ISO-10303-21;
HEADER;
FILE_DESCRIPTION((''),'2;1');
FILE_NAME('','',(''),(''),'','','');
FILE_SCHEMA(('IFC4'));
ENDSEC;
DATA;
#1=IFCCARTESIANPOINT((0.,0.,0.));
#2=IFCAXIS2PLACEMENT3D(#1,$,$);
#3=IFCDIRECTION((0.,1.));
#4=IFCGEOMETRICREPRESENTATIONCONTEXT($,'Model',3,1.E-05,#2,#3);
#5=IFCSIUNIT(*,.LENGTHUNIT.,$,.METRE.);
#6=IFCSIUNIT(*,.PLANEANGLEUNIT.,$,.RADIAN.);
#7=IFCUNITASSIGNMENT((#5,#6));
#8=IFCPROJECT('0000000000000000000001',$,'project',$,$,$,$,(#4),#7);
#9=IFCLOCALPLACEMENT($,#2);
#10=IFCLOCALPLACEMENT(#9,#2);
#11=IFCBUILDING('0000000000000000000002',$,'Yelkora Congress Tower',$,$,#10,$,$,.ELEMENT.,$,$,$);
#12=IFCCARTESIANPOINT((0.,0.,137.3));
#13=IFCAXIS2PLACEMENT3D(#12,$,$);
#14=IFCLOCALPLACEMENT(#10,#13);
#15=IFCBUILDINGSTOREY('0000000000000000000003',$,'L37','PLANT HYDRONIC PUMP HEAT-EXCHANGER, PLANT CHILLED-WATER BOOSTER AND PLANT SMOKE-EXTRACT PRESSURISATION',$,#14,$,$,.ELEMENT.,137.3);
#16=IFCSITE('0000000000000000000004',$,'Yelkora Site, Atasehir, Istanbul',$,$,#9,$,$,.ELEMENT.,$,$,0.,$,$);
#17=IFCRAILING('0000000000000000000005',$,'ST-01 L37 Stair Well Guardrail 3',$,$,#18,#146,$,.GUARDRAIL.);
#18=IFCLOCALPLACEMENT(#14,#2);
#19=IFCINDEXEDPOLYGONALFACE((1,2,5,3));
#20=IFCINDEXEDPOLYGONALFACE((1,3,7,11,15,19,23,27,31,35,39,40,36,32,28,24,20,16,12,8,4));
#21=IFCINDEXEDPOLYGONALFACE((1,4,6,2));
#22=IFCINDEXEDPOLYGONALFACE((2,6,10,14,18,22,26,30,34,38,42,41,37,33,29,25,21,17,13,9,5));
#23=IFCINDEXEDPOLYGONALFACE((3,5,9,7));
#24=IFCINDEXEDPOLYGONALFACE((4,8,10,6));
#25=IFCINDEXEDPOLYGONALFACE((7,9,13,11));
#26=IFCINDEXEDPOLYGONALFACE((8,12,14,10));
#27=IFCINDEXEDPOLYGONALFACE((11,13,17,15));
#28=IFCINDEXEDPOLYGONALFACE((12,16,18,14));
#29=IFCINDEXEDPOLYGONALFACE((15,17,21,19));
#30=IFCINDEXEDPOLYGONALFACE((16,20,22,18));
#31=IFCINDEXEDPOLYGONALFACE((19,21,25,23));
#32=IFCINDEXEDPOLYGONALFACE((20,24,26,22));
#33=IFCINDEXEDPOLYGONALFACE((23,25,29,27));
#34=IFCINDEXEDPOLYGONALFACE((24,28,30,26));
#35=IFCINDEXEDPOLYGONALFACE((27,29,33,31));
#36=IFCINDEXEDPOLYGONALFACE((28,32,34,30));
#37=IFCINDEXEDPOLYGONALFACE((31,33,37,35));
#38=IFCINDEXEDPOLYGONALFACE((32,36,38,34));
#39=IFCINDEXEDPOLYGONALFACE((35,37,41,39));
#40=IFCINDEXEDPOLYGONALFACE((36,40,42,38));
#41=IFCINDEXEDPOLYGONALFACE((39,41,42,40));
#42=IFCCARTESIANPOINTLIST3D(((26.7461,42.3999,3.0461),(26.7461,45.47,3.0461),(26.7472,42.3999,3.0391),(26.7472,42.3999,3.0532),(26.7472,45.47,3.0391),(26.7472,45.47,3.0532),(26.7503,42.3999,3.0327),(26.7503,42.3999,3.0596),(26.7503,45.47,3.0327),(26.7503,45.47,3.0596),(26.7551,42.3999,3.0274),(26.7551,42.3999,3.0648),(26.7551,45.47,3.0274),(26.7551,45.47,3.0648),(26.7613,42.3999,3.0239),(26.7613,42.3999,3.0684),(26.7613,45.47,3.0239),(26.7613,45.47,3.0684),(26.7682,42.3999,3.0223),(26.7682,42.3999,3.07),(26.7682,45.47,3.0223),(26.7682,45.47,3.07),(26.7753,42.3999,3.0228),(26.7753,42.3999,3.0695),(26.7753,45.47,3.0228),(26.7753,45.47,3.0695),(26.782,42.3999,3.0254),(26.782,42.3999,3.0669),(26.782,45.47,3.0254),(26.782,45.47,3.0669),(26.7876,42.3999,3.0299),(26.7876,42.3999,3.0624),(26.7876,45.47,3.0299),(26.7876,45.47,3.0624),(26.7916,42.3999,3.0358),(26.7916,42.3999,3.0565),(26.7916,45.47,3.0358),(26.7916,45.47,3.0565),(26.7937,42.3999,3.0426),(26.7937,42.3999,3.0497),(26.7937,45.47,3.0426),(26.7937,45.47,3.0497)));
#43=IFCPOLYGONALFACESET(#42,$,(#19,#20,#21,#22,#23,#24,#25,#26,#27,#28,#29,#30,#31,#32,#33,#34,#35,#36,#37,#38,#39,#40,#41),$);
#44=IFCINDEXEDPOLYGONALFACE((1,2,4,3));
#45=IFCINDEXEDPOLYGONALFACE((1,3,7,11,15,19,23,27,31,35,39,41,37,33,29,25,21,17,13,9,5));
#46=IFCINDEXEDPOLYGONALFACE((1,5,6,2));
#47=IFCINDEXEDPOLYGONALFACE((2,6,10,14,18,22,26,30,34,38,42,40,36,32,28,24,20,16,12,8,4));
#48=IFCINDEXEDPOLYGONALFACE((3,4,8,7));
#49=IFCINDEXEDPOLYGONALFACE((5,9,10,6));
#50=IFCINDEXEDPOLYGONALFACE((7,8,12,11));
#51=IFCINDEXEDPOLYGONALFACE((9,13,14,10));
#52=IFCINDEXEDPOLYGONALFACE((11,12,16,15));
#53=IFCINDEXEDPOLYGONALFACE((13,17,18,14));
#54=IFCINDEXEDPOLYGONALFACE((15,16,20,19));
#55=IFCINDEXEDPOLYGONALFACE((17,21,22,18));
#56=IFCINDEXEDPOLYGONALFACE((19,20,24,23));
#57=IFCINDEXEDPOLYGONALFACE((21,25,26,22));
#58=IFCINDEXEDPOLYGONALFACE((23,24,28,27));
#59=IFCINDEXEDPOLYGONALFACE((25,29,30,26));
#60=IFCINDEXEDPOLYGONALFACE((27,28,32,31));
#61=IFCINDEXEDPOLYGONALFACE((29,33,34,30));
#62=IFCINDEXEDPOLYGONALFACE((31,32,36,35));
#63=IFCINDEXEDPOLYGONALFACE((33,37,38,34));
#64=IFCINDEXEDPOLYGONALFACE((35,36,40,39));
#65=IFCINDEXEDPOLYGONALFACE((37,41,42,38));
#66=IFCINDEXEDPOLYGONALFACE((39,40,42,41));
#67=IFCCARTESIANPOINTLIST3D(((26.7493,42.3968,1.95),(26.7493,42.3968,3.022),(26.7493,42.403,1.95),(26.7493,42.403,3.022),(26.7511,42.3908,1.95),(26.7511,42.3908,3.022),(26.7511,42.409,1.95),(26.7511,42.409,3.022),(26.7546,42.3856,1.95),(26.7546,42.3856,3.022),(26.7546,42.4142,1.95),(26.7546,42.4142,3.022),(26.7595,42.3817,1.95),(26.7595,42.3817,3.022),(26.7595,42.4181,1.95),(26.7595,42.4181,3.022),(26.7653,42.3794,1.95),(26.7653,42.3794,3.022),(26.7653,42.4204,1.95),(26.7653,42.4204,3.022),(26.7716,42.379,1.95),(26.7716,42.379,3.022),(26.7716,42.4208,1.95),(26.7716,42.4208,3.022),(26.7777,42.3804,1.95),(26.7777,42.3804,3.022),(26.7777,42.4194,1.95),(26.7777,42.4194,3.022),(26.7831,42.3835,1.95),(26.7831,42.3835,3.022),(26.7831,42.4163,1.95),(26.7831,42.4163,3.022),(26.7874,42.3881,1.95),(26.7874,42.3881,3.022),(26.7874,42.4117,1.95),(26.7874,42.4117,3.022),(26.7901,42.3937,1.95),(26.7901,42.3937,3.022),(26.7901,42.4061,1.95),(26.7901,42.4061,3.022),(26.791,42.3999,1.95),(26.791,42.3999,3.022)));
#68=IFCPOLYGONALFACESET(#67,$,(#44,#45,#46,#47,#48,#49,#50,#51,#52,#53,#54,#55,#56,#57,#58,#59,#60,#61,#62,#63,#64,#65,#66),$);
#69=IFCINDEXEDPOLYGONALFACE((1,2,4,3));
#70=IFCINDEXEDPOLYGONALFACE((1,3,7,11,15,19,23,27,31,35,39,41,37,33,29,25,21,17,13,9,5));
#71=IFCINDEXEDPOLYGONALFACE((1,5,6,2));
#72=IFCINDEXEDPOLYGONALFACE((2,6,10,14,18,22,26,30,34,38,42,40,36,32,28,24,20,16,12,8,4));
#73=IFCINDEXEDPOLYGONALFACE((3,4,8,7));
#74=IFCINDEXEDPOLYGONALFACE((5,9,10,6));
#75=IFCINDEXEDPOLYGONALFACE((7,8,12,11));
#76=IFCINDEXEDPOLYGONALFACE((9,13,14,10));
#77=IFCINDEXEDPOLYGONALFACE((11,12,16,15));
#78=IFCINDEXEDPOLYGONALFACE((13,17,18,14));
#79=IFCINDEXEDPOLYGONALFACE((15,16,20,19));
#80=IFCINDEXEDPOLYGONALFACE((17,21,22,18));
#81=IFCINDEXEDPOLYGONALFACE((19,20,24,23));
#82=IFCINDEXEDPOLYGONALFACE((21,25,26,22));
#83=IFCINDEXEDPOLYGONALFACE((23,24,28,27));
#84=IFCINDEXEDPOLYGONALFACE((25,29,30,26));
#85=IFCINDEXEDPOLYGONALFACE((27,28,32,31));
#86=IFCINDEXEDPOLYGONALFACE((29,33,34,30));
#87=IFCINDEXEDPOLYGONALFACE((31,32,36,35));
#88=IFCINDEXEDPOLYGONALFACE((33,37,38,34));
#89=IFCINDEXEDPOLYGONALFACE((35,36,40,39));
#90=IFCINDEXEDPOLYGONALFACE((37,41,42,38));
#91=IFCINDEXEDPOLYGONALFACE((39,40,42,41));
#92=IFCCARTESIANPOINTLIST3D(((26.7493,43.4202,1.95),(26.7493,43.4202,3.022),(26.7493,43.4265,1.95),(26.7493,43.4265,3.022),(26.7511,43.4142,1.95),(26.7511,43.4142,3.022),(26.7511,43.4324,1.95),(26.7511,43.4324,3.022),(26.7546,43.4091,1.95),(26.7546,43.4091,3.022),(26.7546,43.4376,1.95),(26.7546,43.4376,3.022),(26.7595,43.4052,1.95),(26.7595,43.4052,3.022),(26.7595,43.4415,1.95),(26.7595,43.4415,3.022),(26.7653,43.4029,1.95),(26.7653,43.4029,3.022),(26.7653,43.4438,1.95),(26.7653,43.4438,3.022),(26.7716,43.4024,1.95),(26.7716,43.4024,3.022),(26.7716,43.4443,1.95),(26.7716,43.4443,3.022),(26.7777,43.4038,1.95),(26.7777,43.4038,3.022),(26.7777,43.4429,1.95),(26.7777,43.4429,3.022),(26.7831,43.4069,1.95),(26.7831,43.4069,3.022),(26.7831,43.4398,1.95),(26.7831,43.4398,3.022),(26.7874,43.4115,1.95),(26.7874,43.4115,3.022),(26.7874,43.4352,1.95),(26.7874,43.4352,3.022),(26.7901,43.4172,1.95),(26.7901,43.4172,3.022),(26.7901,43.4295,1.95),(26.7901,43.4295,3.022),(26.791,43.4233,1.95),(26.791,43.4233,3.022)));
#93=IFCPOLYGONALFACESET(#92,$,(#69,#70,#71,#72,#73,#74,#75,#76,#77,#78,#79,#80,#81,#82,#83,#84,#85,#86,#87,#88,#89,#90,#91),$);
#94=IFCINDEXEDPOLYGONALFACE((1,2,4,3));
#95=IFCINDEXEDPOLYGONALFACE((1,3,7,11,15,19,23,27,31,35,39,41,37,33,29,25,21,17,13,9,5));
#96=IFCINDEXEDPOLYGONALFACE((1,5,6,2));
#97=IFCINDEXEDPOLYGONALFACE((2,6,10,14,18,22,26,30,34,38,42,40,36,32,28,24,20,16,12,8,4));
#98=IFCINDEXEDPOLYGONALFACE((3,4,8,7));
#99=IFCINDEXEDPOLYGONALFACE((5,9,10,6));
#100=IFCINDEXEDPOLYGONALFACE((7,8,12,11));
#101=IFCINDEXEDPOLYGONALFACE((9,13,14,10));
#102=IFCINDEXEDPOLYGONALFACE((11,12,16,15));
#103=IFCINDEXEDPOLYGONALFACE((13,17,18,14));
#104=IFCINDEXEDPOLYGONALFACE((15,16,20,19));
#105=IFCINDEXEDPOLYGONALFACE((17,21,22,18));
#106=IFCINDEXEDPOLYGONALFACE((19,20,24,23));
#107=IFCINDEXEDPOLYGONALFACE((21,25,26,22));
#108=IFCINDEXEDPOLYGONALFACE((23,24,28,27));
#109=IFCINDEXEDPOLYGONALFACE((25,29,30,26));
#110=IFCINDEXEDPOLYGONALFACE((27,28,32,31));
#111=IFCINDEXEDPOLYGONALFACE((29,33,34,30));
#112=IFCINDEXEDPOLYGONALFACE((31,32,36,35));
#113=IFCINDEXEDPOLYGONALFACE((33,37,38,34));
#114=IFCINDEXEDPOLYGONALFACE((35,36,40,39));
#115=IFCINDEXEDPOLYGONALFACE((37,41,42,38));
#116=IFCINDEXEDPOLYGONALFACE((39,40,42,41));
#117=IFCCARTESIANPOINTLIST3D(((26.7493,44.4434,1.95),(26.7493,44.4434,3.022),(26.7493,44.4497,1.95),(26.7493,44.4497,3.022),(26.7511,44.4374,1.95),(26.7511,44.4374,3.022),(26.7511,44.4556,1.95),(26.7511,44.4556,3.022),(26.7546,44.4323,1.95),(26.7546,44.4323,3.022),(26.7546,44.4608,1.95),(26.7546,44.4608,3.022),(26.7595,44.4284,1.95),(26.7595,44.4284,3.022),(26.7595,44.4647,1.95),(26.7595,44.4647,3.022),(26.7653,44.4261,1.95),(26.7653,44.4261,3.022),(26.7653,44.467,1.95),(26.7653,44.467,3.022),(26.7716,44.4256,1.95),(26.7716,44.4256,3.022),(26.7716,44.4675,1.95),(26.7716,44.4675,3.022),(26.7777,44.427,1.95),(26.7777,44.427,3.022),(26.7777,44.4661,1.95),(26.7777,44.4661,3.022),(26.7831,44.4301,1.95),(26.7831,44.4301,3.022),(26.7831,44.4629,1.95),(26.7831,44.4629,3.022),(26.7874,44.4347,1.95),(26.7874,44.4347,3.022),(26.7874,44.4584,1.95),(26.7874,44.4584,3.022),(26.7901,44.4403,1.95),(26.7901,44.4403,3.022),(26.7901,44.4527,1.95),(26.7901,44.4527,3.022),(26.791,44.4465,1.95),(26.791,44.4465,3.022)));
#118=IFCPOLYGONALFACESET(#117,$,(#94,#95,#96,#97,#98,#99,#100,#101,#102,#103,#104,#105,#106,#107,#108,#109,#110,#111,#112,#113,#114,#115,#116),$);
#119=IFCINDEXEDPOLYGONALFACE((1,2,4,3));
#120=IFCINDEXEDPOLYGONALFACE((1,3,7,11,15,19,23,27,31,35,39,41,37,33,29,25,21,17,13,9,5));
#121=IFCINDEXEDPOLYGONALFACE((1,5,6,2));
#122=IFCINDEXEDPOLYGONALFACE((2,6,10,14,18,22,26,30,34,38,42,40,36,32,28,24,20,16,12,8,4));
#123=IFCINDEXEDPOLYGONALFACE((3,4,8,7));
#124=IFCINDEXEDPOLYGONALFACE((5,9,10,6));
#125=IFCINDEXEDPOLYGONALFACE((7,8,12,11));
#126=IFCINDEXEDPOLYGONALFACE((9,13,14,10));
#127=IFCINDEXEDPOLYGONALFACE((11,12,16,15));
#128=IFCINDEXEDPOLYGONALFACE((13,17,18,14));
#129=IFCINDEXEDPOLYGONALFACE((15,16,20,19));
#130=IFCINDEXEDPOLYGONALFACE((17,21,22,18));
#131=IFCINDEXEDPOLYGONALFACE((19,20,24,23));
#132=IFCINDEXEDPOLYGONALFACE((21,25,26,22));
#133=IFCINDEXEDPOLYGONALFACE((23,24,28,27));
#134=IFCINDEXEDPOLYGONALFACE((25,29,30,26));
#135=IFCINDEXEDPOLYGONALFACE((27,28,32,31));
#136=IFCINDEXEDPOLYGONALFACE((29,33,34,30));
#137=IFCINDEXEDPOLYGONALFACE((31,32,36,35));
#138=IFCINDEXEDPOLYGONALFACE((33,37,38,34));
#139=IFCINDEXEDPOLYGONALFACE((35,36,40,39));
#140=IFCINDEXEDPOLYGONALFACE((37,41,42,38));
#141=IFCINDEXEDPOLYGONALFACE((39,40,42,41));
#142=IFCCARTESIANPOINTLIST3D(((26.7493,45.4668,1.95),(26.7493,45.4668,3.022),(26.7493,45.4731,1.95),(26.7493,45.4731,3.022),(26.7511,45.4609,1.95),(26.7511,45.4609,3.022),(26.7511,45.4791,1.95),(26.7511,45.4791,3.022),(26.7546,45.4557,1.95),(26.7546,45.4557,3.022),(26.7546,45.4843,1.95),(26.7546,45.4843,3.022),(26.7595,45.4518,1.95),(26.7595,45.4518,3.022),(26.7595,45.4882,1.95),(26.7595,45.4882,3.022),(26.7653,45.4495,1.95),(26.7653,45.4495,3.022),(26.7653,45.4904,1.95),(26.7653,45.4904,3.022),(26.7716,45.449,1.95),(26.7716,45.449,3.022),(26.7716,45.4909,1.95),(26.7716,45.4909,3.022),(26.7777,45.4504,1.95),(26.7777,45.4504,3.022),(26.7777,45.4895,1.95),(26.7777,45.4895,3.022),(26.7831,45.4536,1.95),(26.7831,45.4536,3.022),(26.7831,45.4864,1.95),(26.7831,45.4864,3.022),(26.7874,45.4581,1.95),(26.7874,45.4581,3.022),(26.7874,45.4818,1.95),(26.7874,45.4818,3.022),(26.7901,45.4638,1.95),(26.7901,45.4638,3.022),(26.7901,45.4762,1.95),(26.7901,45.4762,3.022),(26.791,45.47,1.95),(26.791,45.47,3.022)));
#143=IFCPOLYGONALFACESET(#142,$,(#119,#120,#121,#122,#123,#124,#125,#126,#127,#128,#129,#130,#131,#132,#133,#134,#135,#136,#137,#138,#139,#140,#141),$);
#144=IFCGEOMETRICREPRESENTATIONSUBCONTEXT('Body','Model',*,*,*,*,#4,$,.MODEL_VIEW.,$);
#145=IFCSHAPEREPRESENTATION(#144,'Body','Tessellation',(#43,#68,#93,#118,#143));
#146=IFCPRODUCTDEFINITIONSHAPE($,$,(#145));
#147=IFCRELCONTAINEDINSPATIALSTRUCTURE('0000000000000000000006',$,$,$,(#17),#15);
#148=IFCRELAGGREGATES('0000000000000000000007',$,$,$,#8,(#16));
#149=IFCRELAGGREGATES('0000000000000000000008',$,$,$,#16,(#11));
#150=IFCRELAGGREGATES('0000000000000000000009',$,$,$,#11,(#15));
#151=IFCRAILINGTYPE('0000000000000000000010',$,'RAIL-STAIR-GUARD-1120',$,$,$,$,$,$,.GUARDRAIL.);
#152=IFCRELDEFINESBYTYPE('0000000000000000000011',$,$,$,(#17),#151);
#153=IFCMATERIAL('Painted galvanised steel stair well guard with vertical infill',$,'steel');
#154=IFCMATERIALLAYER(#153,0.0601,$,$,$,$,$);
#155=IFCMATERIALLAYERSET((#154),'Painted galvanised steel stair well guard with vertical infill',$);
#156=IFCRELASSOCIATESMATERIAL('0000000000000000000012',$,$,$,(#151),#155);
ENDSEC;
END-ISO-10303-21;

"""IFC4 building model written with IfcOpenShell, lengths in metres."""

from ifc_helpers import new_model, si_unit, direction, frame, origin, origin_2d, place, context, subcontext, project, spatial, circle, extrude, material, layer, layer_set, type_object, element, save


model = new_model("IFC4")

# Units and contexts
model_context = context("Model", 3, precision=1e-05, world=origin(), true_north=direction((0.0, 1.0)))
body_context = subcontext(model_context, "Body", "Model", "MODEL_VIEW")
ifc_project = project(units=[si_unit("LENGTHUNIT", "METRE"), si_unit("PLANEANGLEUNIT", "RADIAN")], contexts=[model_context])

# Site, building, storey
site_placement = place(None, origin())
site = spatial("IfcSite", under=ifc_project, at=site_placement, Name="Yelkora Site, Atasehir, Istanbul", CompositionType="ELEMENT", RefElevation=0.0)
building_placement = place(site_placement, origin())
building = spatial("IfcBuilding", under=site, at=building_placement, Name="Yelkora Congress Tower", CompositionType="ELEMENT")
storey_placement = place(building_placement, frame((0.0, 0.0, 137.3)))
storey = spatial("IfcBuildingStorey", under=building, at=storey_placement, Name="L37", Description="PLANT HYDRONIC PUMP HEAT-EXCHANGER, PLANT CHILLED-WATER BOOSTER AND PLANT SMOKE-EXTRACT PRESSURISATION", CompositionType="ELEMENT", Elevation=137.3)

# Railing
ifc_material_1 = material(Name="Painted galvanised steel stair well guard with vertical infill", Category="steel")
ifc_layer_1 = layer(ifc_material_1, 0.0601)
ifc_layer_set_1 = layer_set([ifc_layer_1], Name="Painted galvanised steel stair well guard with vertical infill")
railing_type_1 = type_object("IfcRailingType", Name="RAIL-STAIR-GUARD-1120", PredefinedType="GUARDRAIL", material=ifc_layer_set_1)
railing_1_placement = place(storey_placement, frame((26.77, 42.3999, 1.95)))
element("IfcRailing", 1, at=railing_1_placement, inside=storey, type_object=railing_type_1, Name="ST-01 L37 Stair Well Guardrail 3", PredefinedType="GUARDRAIL", context=body_context, shape_type="SweptSolid", body=[
    extrude(circle(Radius=0.0239, at=origin_2d()), frame((0.0, 0.0, 1.0962), z_axis=(0.0, 1.0, 0.0), x_axis=(-1.0, 0.0, 0.0)), (0.0, 0.0, 1.0), 3.0701),
    extrude(circle(Radius=0.021, at=origin_2d()), origin(), (0.0, 0.0, 1.0), 1.072),
    extrude(circle(Radius=0.021, at=origin_2d()), frame((0.0, 1.0234, 0.0)), (0.0, 0.0, 1.0), 1.072),
    extrude(circle(Radius=0.021, at=origin_2d()), frame((0.0, 2.0466, 0.0)), (0.0, 0.0, 1.0), 1.072),
    extrude(circle(Radius=0.021, at=origin_2d()), frame((0.0, 3.0701, 0.0)), (0.0, 0.0, 1.0), 1.072),
])

save(model, "model.ifc")
